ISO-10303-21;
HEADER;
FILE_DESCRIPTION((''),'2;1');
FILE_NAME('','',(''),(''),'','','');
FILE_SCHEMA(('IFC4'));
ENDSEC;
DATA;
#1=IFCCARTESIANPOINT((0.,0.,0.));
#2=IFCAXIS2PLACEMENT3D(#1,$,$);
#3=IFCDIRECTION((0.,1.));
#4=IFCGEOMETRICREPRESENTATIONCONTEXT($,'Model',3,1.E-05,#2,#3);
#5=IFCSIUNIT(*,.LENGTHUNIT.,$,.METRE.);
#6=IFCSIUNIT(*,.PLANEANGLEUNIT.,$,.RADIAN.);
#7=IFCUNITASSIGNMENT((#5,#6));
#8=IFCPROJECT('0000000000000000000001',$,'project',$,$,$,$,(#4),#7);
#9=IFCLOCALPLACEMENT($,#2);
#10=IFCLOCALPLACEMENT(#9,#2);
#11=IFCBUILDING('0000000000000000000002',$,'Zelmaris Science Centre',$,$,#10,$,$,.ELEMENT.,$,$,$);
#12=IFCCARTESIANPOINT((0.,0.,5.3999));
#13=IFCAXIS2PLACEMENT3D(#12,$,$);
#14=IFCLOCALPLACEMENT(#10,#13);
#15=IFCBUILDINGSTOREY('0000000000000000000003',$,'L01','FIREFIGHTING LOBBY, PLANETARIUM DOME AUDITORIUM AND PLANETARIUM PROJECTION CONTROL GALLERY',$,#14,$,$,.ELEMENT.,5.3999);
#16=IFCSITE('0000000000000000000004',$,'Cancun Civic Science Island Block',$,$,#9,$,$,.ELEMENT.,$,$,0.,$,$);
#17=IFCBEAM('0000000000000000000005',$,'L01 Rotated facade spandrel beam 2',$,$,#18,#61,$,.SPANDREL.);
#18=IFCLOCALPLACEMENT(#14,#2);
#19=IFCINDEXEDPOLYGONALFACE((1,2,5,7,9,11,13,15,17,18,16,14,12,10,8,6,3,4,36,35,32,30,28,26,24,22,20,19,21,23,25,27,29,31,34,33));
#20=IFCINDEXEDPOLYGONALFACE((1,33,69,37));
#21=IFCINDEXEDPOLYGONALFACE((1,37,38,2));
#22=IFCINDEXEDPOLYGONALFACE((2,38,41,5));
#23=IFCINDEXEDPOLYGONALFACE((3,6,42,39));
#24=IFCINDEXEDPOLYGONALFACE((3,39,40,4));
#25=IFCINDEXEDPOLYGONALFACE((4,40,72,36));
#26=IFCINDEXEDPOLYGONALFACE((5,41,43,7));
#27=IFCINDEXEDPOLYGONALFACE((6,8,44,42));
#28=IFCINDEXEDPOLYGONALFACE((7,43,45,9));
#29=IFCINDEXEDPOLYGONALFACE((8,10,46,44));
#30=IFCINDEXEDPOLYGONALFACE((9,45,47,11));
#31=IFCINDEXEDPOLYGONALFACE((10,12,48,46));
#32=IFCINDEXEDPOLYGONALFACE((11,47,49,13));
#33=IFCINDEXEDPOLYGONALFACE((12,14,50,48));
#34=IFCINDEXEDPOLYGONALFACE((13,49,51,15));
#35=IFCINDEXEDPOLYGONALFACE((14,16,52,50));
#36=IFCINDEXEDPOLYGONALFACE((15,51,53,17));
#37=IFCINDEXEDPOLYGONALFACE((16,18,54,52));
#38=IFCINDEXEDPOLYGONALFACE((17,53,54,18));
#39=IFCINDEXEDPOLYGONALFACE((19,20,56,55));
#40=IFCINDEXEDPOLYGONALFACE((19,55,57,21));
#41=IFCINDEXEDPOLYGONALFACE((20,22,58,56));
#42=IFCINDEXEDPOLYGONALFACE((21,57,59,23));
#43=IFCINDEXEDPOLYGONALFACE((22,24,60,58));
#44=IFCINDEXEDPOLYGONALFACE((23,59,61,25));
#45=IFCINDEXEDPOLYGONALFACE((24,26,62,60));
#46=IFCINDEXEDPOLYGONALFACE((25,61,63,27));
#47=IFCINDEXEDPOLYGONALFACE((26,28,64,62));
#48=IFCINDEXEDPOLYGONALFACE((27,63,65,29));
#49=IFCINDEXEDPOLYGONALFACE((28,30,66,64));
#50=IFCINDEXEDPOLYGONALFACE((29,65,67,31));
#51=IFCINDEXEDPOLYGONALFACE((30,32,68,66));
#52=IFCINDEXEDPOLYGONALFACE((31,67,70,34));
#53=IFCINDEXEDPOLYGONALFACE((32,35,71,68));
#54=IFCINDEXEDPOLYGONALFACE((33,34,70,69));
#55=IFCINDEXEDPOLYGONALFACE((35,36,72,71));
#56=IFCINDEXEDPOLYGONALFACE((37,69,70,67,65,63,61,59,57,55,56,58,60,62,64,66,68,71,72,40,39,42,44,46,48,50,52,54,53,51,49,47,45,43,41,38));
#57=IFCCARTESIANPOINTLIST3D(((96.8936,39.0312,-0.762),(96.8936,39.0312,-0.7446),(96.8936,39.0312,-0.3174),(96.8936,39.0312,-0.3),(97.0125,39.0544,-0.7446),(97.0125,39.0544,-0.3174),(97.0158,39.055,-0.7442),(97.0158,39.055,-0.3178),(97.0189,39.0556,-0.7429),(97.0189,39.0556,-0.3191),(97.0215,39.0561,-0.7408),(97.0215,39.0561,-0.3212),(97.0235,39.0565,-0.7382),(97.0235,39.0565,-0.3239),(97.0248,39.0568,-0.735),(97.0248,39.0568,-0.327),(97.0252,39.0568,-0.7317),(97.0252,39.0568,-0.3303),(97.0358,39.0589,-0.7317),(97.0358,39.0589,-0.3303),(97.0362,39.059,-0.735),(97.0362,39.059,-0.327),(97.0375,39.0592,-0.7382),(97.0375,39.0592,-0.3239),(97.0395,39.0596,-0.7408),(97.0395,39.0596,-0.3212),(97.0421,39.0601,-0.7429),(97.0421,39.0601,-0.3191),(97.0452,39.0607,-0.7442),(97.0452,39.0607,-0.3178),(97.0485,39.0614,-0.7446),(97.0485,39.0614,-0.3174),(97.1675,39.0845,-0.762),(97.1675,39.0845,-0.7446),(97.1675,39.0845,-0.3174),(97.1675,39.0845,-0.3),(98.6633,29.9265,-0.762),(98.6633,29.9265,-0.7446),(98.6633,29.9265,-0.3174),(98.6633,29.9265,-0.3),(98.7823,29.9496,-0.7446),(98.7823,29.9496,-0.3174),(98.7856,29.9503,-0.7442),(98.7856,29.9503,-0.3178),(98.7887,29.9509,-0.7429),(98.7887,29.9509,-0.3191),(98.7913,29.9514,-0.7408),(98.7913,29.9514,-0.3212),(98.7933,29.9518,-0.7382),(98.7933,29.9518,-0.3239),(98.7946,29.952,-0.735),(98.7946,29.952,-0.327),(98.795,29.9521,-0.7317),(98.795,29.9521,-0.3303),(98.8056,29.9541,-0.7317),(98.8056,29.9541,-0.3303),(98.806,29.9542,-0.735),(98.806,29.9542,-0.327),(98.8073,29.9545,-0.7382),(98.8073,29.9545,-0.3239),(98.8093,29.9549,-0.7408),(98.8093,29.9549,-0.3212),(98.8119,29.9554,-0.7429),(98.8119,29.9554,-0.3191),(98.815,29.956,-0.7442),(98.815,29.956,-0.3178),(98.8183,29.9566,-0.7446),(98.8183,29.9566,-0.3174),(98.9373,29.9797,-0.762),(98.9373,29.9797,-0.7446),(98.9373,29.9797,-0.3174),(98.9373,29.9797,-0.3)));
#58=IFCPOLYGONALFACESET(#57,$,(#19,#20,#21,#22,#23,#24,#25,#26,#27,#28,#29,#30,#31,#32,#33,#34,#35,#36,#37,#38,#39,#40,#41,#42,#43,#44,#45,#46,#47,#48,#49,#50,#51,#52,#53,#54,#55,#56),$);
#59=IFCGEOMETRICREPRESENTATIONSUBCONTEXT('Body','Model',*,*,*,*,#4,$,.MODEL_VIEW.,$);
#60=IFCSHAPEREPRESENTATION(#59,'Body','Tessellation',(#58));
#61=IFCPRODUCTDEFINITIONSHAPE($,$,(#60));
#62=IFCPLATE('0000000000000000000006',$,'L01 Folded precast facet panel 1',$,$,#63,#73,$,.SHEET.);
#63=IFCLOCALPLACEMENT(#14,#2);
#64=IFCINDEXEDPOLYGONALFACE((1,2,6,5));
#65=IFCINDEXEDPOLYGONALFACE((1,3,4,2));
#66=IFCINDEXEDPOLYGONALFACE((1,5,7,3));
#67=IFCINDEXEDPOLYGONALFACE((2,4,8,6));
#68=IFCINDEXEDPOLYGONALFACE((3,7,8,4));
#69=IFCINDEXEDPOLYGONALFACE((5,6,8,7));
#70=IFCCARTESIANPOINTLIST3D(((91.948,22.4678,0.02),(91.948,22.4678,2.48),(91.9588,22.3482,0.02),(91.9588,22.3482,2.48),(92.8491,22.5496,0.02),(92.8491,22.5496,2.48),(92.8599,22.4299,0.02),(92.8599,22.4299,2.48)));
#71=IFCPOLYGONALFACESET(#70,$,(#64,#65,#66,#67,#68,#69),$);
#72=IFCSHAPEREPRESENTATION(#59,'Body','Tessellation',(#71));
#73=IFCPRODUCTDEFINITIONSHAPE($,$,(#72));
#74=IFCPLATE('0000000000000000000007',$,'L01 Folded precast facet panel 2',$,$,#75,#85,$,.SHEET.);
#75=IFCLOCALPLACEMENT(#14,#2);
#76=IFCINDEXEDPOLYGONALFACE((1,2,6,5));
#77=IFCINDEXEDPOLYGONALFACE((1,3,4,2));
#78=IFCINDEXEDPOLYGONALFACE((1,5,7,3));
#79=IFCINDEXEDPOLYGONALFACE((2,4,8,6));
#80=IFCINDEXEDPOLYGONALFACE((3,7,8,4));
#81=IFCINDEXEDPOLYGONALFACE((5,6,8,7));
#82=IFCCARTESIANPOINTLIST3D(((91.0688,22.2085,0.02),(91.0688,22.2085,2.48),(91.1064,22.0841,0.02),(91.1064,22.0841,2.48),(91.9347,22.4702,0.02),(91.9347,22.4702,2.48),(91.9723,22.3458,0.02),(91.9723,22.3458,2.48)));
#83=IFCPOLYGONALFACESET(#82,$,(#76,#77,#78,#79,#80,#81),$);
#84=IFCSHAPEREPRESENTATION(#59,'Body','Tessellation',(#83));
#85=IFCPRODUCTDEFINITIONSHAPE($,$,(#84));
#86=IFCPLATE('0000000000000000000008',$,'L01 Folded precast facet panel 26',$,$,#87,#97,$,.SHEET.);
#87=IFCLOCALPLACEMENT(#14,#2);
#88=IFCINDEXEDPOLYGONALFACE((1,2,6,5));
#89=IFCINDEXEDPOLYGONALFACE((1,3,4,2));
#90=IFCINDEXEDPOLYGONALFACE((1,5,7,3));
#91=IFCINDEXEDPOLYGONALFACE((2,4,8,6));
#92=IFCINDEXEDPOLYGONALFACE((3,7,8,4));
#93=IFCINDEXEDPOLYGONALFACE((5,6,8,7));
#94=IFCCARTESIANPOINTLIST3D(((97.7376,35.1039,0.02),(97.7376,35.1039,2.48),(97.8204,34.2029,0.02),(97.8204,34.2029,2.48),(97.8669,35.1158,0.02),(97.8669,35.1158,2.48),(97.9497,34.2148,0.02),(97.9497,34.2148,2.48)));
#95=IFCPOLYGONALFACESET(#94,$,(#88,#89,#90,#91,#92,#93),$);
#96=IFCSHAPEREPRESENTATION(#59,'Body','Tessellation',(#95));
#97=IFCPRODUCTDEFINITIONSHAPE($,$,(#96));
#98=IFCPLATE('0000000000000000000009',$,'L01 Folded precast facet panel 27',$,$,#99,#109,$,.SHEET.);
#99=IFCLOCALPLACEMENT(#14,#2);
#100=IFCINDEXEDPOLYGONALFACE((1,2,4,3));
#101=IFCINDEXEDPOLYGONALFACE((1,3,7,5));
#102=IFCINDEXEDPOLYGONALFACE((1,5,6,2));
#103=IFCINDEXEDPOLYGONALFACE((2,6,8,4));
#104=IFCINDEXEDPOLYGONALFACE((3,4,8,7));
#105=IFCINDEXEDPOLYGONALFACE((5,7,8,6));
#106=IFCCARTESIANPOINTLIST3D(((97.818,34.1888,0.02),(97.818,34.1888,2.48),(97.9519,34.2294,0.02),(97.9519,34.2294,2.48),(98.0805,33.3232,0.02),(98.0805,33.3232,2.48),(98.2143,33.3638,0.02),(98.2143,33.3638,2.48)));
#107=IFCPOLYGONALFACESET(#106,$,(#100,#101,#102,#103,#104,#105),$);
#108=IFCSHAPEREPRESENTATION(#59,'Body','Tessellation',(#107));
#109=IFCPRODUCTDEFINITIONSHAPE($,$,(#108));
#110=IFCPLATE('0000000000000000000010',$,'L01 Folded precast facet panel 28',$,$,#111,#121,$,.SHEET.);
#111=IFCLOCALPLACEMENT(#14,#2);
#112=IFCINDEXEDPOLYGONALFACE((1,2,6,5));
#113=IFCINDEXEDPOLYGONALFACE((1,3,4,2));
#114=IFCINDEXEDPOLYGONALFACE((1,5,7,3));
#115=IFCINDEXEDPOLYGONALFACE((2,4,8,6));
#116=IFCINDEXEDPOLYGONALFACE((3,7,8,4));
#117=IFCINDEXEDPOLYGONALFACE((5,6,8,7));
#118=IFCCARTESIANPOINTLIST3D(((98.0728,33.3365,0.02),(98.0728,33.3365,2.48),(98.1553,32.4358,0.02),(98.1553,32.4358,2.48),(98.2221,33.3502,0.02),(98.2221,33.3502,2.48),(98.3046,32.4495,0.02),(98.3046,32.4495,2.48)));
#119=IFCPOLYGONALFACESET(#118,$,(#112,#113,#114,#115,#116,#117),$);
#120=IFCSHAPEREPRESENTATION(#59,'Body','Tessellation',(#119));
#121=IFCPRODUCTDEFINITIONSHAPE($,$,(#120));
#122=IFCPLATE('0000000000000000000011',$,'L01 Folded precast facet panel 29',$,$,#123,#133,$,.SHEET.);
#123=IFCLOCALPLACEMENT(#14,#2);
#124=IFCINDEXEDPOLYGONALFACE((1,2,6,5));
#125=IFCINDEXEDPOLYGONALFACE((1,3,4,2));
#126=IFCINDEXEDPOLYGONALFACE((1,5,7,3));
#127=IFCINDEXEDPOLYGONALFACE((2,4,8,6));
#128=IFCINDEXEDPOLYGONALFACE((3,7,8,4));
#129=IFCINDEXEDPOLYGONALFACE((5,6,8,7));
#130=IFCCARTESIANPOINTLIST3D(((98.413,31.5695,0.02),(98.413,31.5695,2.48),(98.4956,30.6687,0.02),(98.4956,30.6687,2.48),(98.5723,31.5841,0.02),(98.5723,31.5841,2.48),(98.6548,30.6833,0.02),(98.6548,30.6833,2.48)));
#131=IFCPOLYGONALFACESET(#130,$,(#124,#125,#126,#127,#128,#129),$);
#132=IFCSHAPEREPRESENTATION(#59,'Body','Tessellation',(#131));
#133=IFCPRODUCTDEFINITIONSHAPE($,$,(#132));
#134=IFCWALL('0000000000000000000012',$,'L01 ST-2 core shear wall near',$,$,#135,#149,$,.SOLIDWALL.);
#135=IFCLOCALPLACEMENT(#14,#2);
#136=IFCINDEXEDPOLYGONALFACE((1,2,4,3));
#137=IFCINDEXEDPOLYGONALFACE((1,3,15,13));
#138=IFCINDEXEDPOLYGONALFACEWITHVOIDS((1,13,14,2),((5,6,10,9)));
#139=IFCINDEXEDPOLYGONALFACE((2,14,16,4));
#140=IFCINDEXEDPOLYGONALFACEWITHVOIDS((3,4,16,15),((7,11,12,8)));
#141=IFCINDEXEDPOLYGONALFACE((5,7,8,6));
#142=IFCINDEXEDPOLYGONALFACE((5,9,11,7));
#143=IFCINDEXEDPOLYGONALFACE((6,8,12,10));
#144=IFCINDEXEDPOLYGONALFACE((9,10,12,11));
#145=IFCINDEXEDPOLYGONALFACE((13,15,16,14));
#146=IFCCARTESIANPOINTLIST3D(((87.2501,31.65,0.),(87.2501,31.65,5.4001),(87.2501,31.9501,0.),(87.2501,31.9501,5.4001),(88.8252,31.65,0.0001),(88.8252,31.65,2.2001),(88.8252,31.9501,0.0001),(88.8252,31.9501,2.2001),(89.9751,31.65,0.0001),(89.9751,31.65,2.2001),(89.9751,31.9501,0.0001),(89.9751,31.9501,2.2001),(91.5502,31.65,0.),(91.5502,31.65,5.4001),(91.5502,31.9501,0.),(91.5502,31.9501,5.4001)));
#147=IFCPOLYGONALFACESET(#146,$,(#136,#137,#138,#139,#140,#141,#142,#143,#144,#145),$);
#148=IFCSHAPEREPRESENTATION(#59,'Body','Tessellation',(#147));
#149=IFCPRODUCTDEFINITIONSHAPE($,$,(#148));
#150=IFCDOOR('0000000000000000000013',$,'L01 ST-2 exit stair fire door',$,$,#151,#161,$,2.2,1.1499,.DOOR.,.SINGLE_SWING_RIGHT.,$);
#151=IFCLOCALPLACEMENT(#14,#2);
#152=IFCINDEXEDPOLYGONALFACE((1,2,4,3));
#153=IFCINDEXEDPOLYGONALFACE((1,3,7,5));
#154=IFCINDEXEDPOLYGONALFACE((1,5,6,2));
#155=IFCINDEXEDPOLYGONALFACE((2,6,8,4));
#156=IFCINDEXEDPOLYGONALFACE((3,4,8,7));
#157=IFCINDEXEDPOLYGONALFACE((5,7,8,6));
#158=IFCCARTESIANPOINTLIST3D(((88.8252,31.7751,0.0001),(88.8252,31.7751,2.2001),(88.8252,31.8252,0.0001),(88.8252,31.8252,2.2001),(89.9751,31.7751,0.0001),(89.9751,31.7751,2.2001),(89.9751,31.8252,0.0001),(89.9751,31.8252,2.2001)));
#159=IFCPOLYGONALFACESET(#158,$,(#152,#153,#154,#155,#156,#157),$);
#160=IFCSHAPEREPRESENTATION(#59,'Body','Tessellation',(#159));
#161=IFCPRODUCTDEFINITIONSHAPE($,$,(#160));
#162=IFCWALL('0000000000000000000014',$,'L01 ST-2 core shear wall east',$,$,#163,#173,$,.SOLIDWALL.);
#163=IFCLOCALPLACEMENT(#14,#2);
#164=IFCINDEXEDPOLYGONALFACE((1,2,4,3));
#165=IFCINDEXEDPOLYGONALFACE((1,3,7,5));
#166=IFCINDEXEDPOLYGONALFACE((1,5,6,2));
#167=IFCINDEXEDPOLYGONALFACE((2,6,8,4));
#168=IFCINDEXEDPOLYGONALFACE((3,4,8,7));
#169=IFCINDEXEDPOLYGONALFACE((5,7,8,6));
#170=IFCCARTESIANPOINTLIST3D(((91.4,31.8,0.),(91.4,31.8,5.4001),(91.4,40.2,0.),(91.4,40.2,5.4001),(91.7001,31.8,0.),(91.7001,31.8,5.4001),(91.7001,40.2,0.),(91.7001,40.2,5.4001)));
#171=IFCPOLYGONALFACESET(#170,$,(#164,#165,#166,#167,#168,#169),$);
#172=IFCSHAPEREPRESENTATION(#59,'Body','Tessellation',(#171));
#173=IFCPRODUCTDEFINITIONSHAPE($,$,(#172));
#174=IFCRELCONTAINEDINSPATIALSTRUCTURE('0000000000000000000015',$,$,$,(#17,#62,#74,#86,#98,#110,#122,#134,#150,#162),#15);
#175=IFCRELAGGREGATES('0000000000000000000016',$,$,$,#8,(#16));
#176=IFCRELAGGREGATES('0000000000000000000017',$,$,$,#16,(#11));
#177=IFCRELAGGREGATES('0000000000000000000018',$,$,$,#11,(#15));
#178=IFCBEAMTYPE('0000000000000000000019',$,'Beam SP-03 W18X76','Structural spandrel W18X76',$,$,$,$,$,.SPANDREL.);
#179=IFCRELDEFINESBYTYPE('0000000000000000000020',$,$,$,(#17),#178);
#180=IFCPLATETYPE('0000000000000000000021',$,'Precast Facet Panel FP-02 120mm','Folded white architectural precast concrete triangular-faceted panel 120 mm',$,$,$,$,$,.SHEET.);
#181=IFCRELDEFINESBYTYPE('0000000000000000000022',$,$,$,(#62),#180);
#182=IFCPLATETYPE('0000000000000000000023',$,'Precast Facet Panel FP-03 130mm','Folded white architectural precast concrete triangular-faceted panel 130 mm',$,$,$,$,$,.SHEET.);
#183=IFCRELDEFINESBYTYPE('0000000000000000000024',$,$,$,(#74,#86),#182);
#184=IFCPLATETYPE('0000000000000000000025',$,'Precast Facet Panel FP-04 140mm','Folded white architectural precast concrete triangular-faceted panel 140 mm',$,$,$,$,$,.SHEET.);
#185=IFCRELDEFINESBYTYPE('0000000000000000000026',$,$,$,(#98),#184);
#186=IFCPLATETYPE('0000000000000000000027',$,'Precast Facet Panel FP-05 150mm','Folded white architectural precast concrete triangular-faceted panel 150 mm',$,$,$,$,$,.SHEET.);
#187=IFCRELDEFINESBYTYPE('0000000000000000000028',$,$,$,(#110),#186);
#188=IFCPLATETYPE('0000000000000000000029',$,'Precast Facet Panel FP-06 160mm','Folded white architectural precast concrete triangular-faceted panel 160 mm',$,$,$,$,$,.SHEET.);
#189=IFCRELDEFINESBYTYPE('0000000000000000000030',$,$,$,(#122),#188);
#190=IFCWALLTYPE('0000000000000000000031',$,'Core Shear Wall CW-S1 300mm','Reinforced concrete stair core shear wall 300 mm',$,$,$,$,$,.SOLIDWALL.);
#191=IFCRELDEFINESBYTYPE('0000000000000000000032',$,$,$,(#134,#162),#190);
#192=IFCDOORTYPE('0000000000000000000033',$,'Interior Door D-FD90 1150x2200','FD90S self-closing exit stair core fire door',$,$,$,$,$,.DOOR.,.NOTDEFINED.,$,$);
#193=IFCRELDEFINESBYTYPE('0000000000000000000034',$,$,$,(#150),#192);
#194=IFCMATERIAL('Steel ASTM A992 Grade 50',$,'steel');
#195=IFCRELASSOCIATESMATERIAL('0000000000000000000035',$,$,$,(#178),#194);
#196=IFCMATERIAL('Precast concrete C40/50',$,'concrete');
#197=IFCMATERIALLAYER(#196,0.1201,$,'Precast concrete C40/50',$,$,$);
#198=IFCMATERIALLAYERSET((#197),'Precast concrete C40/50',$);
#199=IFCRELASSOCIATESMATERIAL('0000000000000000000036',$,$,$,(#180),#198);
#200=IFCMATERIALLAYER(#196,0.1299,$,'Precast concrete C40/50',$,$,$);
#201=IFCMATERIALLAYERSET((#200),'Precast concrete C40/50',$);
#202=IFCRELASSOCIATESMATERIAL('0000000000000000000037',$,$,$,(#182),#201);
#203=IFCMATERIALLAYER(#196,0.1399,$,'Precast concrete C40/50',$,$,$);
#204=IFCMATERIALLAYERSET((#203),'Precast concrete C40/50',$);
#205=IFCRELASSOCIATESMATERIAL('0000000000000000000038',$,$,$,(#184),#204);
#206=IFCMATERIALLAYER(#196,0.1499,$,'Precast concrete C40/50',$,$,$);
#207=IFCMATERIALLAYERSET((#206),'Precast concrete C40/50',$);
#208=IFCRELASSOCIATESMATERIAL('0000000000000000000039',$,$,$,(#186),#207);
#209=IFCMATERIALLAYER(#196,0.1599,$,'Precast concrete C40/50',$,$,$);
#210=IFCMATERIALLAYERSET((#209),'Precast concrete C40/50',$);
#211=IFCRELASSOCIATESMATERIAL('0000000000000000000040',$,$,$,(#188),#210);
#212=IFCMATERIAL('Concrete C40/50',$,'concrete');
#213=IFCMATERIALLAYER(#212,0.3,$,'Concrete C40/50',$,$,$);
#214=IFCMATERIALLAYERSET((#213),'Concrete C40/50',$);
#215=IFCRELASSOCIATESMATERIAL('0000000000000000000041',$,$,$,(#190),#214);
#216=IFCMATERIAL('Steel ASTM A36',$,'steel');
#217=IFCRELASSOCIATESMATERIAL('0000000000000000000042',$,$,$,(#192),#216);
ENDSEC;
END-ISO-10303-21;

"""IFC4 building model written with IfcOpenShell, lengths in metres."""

from ifc_helpers import new_model, si_unit, direction, frame, frame_2d, origin, origin_2d, place, context, subcontext, project, spatial, rectangle, i_section, extrude, material, layer, layer_set, material_profile, profile_set, type_object, element, fill, save


model = new_model("IFC4")

# Units and contexts
model_context = context("Model", 3, precision=1e-05, world=origin(), true_north=direction((0.0, 1.0)))
body_context = subcontext(model_context, "Body", "Model", "MODEL_VIEW")
ifc_project = project(units=[si_unit("LENGTHUNIT", "METRE"), si_unit("PLANEANGLEUNIT", "RADIAN")], contexts=[model_context])

# Site, building, storey
site_placement = place(None, origin())
site = spatial("IfcSite", under=ifc_project, at=site_placement, Name="Cancun Civic Science Island Block", CompositionType="ELEMENT", RefElevation=0.0)
building_placement = place(site_placement, origin())
building = spatial("IfcBuilding", under=site, at=building_placement, Name="Zelmaris Science Centre", CompositionType="ELEMENT")
storey_placement = place(building_placement, frame((0.0, 0.0, 5.3999)))
storey = spatial("IfcBuildingStorey", under=building, at=storey_placement, Name="L01", Description="FIREFIGHTING LOBBY, PLANETARIUM DOME AUDITORIUM AND PLANETARIUM PROJECTION CONTROL GALLERY", CompositionType="ELEMENT", Elevation=5.3999)

# Shared definitions
ifc_material_1 = material(Name="Steel ASTM A992 Grade 50", Category="steel")

# Beam
ifc_material_profile_1 = material_profile(ifc_material_1, i_section(OverallWidth=0.2791, OverallDepth=0.4619, WebThickness=0.0107, FlangeThickness=0.0173, FilletRadius=0.0129, at=origin_2d()), Name="W18X76")
ifc_profile_set_1 = profile_set([ifc_material_profile_1], Name="Steel ASTM A992 Grade 50")
beam_type_1 = type_object("IfcBeamType", Name="Beam SP-03 W18X76", Description="Structural spandrel W18X76", PredefinedType="SPANDREL", material=ifc_profile_set_1)
beam_1_placement = place(storey_placement, frame((98.8003, 29.9531, -0.531), z_axis=(-0.190808, 0.981627, 0.0), x_axis=(-0.981627, -0.190808, 0.0)))
element("IfcBeam", 1, at=beam_1_placement, inside=storey, type_object=beam_type_1, Name="L01 Rotated facade spandrel beam 2", PredefinedType="SPANDREL", context=body_context, shape_type="SweptSolid", body=[
    extrude(i_section(OverallWidth=0.2791, OverallDepth=0.4619, WebThickness=0.0107, FlangeThickness=0.0173, FilletRadius=0.0129, at=origin_2d()), origin(), (0.0, 0.0, 1.0), 9.2751),
])

# Plates
ifc_material_2 = material(Name="Precast concrete C40/50", Category="concrete")
ifc_layer_1 = layer(ifc_material_2, 0.1201, Name="Precast concrete C40/50")
ifc_layer_set_1 = layer_set([ifc_layer_1], Name="Precast concrete C40/50")
plate_type_1 = type_object("IfcPlateType", Name="Precast Facet Panel FP-02 120mm", Description="Folded white architectural precast concrete triangular-faceted panel 120 mm", PredefinedType="SHEET", material=ifc_layer_set_1)
plate_1_placement = place(storey_placement, frame((92.8545, 22.4897, 0.02), z_axis=(0.0, 0.0, 1.0), x_axis=(-0.995906, -0.09039, 0.0)))
element("IfcPlate", 2, at=plate_1_placement, inside=storey, type_object=plate_type_1, Name="L01 Folded precast facet panel 1", PredefinedType="SHEET", context=body_context, shape_type="SweptSolid", body=[
    extrude(rectangle(XDim=0.9048, YDim=0.1201, at=frame_2d((0.4524, 0.0))), origin(), (0.0, 0.0, 1.0), 2.46),
])
ifc_layer_2 = layer(ifc_material_2, 0.1299, Name="Precast concrete C40/50")
ifc_layer_set_2 = layer_set([ifc_layer_2], Name="Precast concrete C40/50")
plate_type_2 = type_object("IfcPlateType", Name="Precast Facet Panel FP-03 130mm", Description="Folded white architectural precast concrete triangular-faceted panel 130 mm", PredefinedType="SHEET", material=ifc_layer_set_2)
plate_2_placement = place(storey_placement, frame((91.9534, 22.408, 0.02), z_axis=(0.0, 0.0, 1.0), x_axis=(-0.957238, -0.289303, 0.0)))
element("IfcPlate", 3, at=plate_2_placement, inside=storey, type_object=plate_type_2, Name="L01 Folded precast facet panel 2", PredefinedType="SHEET", context=body_context, shape_type="SweptSolid", body=[
    extrude(rectangle(XDim=0.9045, YDim=0.1299, at=frame_2d((0.4521, 0.0))), origin(), (0.0, 0.0, 1.0), 2.46),
])
plate_3_placement = place(storey_placement, frame((97.8022, 35.1099, 0.02), z_axis=(0.0, 0.0, 1.0), x_axis=(0.091485, -0.995806, 0.0)))
element("IfcPlate", 4, at=plate_3_placement, inside=storey, type_object=plate_type_2, Name="L01 Folded precast facet panel 26", PredefinedType="SHEET", context=body_context, shape_type="SweptSolid", body=[
    extrude(rectangle(XDim=0.9048, YDim=0.1299, at=frame_2d((0.4524, 0.0))), origin(), (0.0, 0.0, 1.0), 2.46),
])
ifc_layer_3 = layer(ifc_material_2, 0.1399, Name="Precast concrete C40/50")
ifc_layer_set_3 = layer_set([ifc_layer_3], Name="Precast concrete C40/50")
plate_type_3 = type_object("IfcPlateType", Name="Precast Facet Panel FP-04 140mm", Description="Folded white architectural precast concrete triangular-faceted panel 140 mm", PredefinedType="SHEET", material=ifc_layer_set_3)
plate_4_placement = place(storey_placement, frame((97.885, 34.209, 0.02), z_axis=(0.0, 0.0, 1.0), x_axis=(0.29012, -0.95699, 0.0)))
element("IfcPlate", 5, at=plate_4_placement, inside=storey, type_object=plate_type_3, Name="L01 Folded precast facet panel 27", PredefinedType="SHEET", context=body_context, shape_type="SweptSolid", body=[
    extrude(rectangle(XDim=0.9045, YDim=0.1399, at=frame_2d((0.4521, 0.0))), origin(), (0.0, 0.0, 1.0), 2.46),
])
ifc_layer_4 = layer(ifc_material_2, 0.1499, Name="Precast concrete C40/50")
ifc_layer_set_4 = layer_set([ifc_layer_4], Name="Precast concrete C40/50")
plate_type_4 = type_object("IfcPlateType", Name="Precast Facet Panel FP-05 150mm", Description="Folded white architectural precast concrete triangular-faceted panel 150 mm", PredefinedType="SHEET", material=ifc_layer_set_4)
plate_5_placement = place(storey_placement, frame((98.1475, 33.3433, 0.02), z_axis=(0.0, 0.0, 1.0), x_axis=(0.091217, -0.995831, 0.0)))
element("IfcPlate", 6, at=plate_5_placement, inside=storey, type_object=plate_type_4, Name="L01 Folded precast facet panel 28", PredefinedType="SHEET", context=body_context, shape_type="SweptSolid", body=[
    extrude(rectangle(XDim=0.9045, YDim=0.1499, at=frame_2d((0.4521, 0.0))), origin(), (0.0, 0.0, 1.0), 2.46),
])
ifc_layer_5 = layer(ifc_material_2, 0.1599, Name="Precast concrete C40/50")
ifc_layer_set_5 = layer_set([ifc_layer_5], Name="Precast concrete C40/50")
plate_type_5 = type_object("IfcPlateType", Name="Precast Facet Panel FP-06 160mm", Description="Folded white architectural precast concrete triangular-faceted panel 160 mm", PredefinedType="SHEET", material=ifc_layer_set_5)
plate_6_placement = place(storey_placement, frame((98.4927, 31.5767, 0.02), z_axis=(0.0, 0.0, 1.0), x_axis=(0.091217, -0.995831, 0.0)))
element("IfcPlate", 7, at=plate_6_placement, inside=storey, type_object=plate_type_5, Name="L01 Folded precast facet panel 29", PredefinedType="SHEET", context=body_context, shape_type="SweptSolid", body=[
    extrude(rectangle(XDim=0.9045, YDim=0.1599, at=frame_2d((0.4521, 0.0))), origin(), (0.0, 0.0, 1.0), 2.46),
])

# Wall, opening, door
ifc_material_3 = material(Name="Concrete C40/50", Category="concrete")
ifc_layer_6 = layer(ifc_material_3, 0.3, Name="Concrete C40/50")
ifc_layer_set_6 = layer_set([ifc_layer_6], Name="Concrete C40/50")
wall_type_1 = type_object("IfcWallType", Name="Core Shear Wall CW-S1 300mm", Description="Reinforced concrete stair core shear wall 300 mm", PredefinedType="SOLIDWALL", material=ifc_layer_set_6)
wall_1_placement = place(storey_placement, frame((91.55, 31.8, 0.0), z_axis=(0.0, 0.0, 1.0), x_axis=(-1.0, 0.0, 0.0)))
wall_1 = element("IfcWall", 8, at=wall_1_placement, inside=storey, type_object=wall_type_1, Name="L01 ST-2 core shear wall near", PredefinedType="SOLIDWALL", context=body_context, shape_type="SweptSolid", body=[
    extrude(rectangle(XDim=4.3, YDim=0.3, at=frame_2d((2.1499, 0.0))), origin(), (0.0, 0.0, 1.0), 5.4001),
])
opening_1_placement = place(wall_1_placement, frame((1.575, 0.0, 0.0)))
opening_1 = element("IfcOpeningElement", 9, at=opening_1_placement, cuts=wall_1, PredefinedType="OPENING", context=body_context, shape_type="SweptSolid", body=[
    extrude(rectangle(XDim=1.1499, YDim=2.2, at=frame_2d((0.575, 1.1001))), frame((0.0, 0.1599, 0.0), z_axis=(0.0, -1.0, 0.0), x_axis=(1.0, 0.0, 0.0)), (0.0, 0.0, 1.0), 0.3201),
])
ifc_material_4 = material(Name="Steel ASTM A36", Category="steel")
door_type = type_object("IfcDoorType", Name="Interior Door D-FD90 1150x2200", Description="FD90S self-closing exit stair core fire door", OperationType="NOTDEFINED", PredefinedType="DOOR", material=ifc_material_4)
door_placement = place(opening_1_placement, origin())
door = element("IfcDoor", 10, at=door_placement, inside=storey, type_object=door_type, Name="L01 ST-2 exit stair fire door", OperationType="SINGLE_SWING_RIGHT", OverallHeight=2.2, OverallWidth=1.1499, PredefinedType="DOOR", context=body_context, shape_type="SweptSolid", body=[
    extrude(rectangle(XDim=1.1499, YDim=2.2, at=frame_2d((0.575, 1.1001))), frame((0.0, 0.0249, 0.0), z_axis=(0.0, -1.0, 0.0), x_axis=(1.0, 0.0, 0.0)), (0.0, 0.0, 1.0), 0.05),
])
fill(opening_1, door)

# Wall
for number, where, z_axis, x_axis, name in (
    (11, (91.55, 31.8, 0.0), (0.0, 0.0, 1.0), (0.0, 1.0, 0.0), "L01 ST-2 core shear wall east"),
):
    element("IfcWall", number, at=place(storey_placement, frame(where, z_axis=z_axis, x_axis=x_axis)), inside=storey, type_object=wall_type_1, Name=name, PredefinedType="SOLIDWALL", context=body_context, shape_type="SweptSolid", body=[
        extrude(rectangle(XDim=8.3999, YDim=0.3, at=frame_2d((4.2, 0.0))), origin(), (0.0, 0.0, 1.0), 5.4001),
    ])

save(model, "model.ifc")
